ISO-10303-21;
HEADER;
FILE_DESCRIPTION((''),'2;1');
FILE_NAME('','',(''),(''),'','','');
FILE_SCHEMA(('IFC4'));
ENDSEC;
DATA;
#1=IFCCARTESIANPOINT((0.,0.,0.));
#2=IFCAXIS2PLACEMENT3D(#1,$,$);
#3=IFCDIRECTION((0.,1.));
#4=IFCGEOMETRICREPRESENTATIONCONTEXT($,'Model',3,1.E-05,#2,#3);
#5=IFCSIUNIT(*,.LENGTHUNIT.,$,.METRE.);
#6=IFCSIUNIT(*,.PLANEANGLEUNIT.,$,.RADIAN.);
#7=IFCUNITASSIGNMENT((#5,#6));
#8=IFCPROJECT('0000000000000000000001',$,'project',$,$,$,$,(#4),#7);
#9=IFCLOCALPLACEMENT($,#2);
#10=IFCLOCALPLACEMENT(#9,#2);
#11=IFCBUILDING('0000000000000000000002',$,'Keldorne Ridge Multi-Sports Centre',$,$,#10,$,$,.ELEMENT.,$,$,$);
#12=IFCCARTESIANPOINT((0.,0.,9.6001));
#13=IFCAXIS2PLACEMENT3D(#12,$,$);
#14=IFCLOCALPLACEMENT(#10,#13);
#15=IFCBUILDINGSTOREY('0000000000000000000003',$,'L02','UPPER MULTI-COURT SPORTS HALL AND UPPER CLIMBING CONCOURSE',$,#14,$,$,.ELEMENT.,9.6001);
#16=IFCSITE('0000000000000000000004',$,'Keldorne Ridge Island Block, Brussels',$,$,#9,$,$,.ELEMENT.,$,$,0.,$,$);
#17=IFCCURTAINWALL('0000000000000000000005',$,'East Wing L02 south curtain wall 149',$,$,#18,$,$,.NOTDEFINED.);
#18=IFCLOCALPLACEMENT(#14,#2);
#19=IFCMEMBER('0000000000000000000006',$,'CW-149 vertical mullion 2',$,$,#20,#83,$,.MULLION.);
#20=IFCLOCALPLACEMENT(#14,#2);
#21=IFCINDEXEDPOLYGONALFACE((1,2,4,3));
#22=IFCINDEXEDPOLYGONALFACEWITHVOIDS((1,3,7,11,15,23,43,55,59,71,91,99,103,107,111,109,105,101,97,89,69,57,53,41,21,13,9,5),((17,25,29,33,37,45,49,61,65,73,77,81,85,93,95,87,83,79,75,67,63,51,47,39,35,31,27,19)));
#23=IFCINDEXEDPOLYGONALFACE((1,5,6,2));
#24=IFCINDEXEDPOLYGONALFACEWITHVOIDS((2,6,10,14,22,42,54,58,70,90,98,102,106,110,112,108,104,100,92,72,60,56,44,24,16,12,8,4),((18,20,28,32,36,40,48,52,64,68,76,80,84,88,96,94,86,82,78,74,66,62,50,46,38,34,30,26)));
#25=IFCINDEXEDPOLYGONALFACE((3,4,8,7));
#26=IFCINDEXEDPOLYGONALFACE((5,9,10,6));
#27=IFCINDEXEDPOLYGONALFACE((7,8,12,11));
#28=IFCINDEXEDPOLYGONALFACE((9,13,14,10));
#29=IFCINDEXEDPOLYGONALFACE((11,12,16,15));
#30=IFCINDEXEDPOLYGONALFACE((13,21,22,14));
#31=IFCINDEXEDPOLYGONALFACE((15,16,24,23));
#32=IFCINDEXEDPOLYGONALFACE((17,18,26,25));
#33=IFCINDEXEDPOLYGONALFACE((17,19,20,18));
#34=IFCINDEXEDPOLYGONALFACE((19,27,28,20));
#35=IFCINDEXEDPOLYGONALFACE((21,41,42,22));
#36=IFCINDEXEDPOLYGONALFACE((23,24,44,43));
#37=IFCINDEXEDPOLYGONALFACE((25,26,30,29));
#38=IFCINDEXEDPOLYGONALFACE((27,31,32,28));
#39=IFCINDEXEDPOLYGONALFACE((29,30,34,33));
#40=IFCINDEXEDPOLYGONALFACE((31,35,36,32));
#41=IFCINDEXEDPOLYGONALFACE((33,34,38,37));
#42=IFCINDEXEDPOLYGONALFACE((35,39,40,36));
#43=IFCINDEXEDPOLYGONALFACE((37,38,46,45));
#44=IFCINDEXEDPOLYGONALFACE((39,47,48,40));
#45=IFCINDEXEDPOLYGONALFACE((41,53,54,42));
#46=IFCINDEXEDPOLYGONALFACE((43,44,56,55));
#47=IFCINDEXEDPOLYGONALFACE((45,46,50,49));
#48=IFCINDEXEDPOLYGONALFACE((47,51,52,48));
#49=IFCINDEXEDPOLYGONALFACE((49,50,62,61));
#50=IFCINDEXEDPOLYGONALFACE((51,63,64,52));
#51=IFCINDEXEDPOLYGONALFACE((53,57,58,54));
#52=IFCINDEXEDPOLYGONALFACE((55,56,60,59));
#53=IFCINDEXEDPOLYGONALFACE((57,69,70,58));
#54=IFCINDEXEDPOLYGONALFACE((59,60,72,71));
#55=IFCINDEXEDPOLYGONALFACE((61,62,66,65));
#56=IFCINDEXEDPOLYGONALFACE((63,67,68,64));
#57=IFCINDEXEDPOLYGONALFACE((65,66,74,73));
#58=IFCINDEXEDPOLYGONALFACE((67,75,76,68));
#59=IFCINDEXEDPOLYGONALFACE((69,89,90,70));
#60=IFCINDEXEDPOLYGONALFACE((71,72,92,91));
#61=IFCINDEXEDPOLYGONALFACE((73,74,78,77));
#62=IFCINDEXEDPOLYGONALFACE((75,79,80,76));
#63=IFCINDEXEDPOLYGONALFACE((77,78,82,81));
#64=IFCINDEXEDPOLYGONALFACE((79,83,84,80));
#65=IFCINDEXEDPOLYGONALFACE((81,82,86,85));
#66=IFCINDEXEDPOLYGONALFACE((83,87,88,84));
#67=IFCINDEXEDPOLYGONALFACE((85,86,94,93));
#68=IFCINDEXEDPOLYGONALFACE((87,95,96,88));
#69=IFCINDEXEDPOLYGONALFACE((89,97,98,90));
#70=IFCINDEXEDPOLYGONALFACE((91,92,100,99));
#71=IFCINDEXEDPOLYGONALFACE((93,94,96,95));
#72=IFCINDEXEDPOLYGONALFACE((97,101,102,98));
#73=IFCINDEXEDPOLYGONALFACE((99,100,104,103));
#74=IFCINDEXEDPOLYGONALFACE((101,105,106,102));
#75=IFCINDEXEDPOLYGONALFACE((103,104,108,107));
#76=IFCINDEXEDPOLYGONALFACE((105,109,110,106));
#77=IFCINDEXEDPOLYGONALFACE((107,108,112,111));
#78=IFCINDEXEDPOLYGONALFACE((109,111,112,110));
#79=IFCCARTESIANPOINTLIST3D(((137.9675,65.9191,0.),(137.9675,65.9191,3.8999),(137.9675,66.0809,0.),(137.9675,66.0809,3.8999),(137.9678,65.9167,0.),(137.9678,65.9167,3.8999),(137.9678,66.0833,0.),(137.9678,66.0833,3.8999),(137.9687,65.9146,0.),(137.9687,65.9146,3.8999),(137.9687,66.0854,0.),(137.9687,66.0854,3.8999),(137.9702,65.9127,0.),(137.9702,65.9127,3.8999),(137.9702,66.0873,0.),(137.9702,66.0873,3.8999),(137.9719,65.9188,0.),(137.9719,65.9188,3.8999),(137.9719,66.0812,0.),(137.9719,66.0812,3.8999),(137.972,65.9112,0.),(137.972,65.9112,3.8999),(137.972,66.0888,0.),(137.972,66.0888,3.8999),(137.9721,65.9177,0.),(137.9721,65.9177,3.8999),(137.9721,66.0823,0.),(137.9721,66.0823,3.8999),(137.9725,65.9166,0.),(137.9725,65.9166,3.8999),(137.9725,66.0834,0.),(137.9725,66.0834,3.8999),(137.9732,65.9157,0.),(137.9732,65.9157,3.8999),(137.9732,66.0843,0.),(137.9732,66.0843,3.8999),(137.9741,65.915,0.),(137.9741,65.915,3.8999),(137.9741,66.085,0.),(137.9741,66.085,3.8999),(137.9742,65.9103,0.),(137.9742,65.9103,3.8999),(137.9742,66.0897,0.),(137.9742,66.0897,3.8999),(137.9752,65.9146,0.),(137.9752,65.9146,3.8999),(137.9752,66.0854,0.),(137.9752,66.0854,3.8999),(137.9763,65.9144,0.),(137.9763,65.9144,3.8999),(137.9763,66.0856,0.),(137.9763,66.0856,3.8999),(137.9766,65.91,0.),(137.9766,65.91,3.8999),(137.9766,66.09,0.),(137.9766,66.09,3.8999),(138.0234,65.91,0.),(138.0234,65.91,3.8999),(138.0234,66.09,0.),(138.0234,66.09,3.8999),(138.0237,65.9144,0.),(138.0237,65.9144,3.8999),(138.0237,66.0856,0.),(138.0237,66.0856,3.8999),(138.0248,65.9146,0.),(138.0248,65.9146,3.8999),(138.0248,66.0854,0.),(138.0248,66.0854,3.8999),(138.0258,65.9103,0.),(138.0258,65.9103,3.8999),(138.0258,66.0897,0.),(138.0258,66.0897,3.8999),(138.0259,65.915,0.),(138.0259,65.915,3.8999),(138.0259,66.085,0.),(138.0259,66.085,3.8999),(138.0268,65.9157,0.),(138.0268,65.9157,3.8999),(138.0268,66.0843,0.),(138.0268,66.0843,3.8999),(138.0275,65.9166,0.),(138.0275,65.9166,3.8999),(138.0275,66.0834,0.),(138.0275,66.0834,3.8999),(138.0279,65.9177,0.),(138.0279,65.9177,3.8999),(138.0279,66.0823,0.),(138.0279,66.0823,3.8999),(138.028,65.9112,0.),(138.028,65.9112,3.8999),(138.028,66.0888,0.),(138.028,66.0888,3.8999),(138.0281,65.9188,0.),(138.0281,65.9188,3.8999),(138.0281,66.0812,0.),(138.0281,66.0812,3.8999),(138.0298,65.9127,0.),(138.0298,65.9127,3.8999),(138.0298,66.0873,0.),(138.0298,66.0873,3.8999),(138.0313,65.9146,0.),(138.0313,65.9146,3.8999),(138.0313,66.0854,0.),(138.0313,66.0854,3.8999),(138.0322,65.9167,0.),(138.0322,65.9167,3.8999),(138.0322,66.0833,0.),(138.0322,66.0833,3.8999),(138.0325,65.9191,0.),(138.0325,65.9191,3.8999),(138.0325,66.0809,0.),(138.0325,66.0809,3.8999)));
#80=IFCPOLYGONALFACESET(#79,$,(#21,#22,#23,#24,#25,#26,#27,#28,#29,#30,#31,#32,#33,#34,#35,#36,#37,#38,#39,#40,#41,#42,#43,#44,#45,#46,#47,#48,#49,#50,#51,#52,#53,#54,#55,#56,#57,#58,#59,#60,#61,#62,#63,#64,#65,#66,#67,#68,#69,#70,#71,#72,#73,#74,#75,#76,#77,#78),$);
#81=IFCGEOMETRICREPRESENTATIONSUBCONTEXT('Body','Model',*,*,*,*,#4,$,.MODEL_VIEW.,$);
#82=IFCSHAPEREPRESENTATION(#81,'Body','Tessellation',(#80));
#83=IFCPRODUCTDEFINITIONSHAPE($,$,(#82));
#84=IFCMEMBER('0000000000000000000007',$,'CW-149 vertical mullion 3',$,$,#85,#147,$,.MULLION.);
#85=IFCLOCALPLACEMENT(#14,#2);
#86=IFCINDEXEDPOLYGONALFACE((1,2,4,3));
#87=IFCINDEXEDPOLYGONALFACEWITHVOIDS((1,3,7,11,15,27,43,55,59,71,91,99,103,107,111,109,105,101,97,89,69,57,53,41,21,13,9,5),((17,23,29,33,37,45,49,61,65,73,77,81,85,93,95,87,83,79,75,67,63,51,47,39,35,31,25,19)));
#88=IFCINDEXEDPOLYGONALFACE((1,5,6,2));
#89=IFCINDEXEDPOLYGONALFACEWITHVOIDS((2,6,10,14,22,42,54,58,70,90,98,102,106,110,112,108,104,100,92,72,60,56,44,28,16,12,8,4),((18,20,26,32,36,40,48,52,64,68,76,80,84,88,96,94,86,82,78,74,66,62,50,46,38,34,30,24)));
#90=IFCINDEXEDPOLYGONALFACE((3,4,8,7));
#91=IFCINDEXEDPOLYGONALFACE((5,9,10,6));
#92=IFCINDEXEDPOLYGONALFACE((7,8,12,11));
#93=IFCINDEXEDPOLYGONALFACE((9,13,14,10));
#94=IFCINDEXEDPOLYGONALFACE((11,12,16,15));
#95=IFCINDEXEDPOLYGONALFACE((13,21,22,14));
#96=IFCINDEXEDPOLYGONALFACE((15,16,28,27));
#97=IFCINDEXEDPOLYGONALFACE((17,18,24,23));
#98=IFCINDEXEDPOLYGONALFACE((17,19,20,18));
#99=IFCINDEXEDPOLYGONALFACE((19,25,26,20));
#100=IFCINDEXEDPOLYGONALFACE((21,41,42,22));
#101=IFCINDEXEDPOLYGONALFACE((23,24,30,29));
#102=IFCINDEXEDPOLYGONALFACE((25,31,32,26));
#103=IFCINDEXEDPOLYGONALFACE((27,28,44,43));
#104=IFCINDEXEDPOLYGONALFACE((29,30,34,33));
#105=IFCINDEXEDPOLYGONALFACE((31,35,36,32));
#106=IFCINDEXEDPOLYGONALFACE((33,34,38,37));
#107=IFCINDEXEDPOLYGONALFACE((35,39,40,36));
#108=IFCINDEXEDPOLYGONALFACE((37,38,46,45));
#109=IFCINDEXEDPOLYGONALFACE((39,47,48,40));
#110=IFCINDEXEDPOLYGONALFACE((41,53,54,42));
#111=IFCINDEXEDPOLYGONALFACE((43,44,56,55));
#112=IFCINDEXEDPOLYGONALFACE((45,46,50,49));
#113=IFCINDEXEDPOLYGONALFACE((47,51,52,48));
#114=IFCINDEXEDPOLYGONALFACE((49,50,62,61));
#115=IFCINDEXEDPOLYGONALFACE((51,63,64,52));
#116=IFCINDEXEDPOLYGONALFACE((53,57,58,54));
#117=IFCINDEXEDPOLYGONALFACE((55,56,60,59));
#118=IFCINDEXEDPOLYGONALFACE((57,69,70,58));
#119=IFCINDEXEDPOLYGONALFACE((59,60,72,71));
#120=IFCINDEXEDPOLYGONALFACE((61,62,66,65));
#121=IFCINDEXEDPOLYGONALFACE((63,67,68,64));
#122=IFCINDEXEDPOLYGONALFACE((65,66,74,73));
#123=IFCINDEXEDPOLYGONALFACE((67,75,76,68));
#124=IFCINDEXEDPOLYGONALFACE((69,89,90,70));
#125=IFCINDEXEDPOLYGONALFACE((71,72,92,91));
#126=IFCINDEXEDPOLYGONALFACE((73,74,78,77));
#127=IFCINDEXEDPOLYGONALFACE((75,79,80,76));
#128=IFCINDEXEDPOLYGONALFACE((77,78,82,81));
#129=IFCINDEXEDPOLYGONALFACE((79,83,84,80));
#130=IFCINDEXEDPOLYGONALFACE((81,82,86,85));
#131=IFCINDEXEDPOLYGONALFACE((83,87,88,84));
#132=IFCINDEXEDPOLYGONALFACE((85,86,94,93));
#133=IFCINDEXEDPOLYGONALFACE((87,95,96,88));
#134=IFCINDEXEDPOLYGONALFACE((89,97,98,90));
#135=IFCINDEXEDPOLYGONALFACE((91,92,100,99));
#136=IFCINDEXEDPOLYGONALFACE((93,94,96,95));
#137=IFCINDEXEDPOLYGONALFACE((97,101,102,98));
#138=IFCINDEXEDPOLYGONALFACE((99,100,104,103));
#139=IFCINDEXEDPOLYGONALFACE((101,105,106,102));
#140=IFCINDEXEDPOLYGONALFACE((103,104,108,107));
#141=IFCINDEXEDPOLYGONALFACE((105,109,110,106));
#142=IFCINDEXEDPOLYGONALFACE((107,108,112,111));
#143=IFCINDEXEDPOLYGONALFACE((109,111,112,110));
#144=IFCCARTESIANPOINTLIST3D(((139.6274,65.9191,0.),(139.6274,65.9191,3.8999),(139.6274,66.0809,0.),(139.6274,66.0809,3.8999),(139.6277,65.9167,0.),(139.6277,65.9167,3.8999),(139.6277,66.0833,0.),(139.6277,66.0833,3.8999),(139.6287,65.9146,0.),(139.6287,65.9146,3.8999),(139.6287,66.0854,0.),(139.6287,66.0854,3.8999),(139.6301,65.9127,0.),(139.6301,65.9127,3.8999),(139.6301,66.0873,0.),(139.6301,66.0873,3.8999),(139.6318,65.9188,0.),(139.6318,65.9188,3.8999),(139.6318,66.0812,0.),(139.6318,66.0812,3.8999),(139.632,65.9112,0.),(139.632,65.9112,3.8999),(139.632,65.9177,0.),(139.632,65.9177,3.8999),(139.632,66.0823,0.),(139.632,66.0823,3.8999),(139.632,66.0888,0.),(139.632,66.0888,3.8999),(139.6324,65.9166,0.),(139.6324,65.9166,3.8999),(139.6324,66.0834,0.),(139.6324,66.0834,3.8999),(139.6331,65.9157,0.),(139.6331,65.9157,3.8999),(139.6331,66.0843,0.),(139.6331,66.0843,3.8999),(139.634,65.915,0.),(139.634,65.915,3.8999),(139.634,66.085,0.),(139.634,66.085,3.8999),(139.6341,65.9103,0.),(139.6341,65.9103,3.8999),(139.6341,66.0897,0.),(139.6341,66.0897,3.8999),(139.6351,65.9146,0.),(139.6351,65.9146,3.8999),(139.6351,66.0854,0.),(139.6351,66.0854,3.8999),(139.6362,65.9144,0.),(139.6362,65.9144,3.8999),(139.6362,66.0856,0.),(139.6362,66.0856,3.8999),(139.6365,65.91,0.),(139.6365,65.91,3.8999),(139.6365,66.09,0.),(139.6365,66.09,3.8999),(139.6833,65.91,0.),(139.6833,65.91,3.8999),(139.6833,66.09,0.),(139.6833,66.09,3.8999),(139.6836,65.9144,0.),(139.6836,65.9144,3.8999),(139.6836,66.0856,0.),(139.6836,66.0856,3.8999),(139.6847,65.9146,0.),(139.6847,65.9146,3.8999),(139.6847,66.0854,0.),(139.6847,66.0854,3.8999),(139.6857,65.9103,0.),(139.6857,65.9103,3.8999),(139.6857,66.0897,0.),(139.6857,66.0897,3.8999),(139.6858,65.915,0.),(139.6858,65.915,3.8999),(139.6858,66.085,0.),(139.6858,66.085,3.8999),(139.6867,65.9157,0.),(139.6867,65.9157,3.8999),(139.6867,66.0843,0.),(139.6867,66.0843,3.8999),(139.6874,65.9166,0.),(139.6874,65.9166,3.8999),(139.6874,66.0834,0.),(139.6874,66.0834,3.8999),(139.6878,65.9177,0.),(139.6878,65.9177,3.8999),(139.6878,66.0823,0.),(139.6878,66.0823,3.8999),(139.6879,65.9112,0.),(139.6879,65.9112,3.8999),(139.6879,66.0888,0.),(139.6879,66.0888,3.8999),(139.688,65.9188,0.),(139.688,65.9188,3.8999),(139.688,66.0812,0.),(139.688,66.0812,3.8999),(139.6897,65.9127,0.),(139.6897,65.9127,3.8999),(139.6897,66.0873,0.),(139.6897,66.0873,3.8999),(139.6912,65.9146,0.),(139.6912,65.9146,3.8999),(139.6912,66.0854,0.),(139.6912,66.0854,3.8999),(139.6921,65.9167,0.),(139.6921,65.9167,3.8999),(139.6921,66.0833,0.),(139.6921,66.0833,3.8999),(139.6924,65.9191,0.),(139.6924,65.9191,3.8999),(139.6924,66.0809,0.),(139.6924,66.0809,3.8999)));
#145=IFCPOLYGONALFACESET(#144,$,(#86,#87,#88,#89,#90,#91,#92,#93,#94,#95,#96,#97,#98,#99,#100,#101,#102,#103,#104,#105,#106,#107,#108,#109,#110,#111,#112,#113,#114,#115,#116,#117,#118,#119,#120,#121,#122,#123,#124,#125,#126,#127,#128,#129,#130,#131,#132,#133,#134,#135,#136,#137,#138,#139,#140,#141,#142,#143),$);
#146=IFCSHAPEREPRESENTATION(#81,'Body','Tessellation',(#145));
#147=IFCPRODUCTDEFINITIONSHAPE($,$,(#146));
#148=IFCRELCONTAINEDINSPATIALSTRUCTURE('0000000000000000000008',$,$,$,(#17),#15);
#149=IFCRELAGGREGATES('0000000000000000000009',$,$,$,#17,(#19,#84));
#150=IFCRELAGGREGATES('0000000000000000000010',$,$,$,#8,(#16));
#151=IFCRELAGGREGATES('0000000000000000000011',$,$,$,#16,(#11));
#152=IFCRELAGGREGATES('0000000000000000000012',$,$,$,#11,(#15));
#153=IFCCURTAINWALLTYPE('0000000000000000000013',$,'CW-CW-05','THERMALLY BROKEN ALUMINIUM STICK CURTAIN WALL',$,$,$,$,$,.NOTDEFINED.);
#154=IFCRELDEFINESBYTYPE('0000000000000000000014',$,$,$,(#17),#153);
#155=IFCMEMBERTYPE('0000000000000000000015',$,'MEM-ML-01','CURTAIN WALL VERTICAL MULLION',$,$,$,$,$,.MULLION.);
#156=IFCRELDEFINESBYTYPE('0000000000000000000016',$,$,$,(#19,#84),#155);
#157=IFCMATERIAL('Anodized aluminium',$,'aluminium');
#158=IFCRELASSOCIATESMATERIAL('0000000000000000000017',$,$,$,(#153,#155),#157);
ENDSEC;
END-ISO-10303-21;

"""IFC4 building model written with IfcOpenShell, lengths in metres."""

from ifc_helpers import new_model, si_unit, direction, frame, origin, origin_2d, place, context, subcontext, project, spatial, hollow_rectangle, extrude, material, material_profile, profile_set, type_object, element, aggregate, save


model = new_model("IFC4")

# Units and contexts
model_context = context("Model", 3, precision=1e-05, world=origin(), true_north=direction((0.0, 1.0)))
body_context = subcontext(model_context, "Body", "Model", "MODEL_VIEW")
ifc_project = project(units=[si_unit("LENGTHUNIT", "METRE"), si_unit("PLANEANGLEUNIT", "RADIAN")], contexts=[model_context])

# Site, building, storey
site_placement = place(None, origin())
site = spatial("IfcSite", under=ifc_project, at=site_placement, Name="Keldorne Ridge Island Block, Brussels", CompositionType="ELEMENT", RefElevation=0.0)
building_placement = place(site_placement, origin())
building = spatial("IfcBuilding", under=site, at=building_placement, Name="Keldorne Ridge Multi-Sports Centre", CompositionType="ELEMENT")
storey_placement = place(building_placement, frame((0.0, 0.0, 9.6001)))
storey = spatial("IfcBuildingStorey", under=building, at=storey_placement, Name="L02", Description="UPPER MULTI-COURT SPORTS HALL AND UPPER CLIMBING CONCOURSE", CompositionType="ELEMENT", Elevation=9.6001)

# Curtain wall, members
ifc_material_1 = material(Name="Anodized aluminium", Category="aluminium")
curtain_wall_type_1 = type_object("IfcCurtainWallType", Name="CW-CW-05", Description="THERMALLY BROKEN ALUMINIUM STICK CURTAIN WALL", PredefinedType="NOTDEFINED", material=ifc_material_1)
curtain_wall_1_placement = place(storey_placement, origin())
curtain_wall_1 = element("IfcCurtainWall", 1, at=curtain_wall_1_placement, inside=storey, type_object=curtain_wall_type_1, Name="East Wing L02 south curtain wall 149", PredefinedType="NOTDEFINED")
ifc_material_profile_1 = material_profile(ifc_material_1, hollow_rectangle(XDim=0.0649, YDim=0.1799, WallThickness=0.0044, InnerFilletRadius=0.0044, OuterFilletRadius=0.009, at=origin_2d()), Name="ALU MULLION 180x65x4.5")
ifc_profile_set_1 = profile_set([ifc_material_profile_1], Name="Anodized aluminium")
member_type_1 = type_object("IfcMemberType", Name="MEM-ML-01", Description="CURTAIN WALL VERTICAL MULLION", PredefinedType="MULLION", material=ifc_profile_set_1)
member_1_placement = place(storey_placement, frame((138.0, 66.0, 0.0), z_axis=(0.0, 0.0, 1.0), x_axis=(1.0, 0.0, 0.0)))
member_1 = element("IfcMember", 2, at=member_1_placement, type_object=member_type_1, Name="CW-149 vertical mullion 2", PredefinedType="MULLION", context=body_context, shape_type="SweptSolid", body=[
    extrude(hollow_rectangle(XDim=0.0649, YDim=0.1799, WallThickness=0.0044, InnerFilletRadius=0.0044, OuterFilletRadius=0.009, at=origin_2d()), origin(), (0.0, 0.0, 1.0), 3.8999),
])
member_2_placement = place(storey_placement, frame((139.6599, 66.0, 0.0), z_axis=(0.0, 0.0, 1.0), x_axis=(1.0, 0.0, 0.0)))
member_2 = element("IfcMember", 3, at=member_2_placement, type_object=member_type_1, Name="CW-149 vertical mullion 3", PredefinedType="MULLION", context=body_context, shape_type="SweptSolid", body=[
    extrude(hollow_rectangle(XDim=0.0649, YDim=0.1799, WallThickness=0.0044, InnerFilletRadius=0.0044, OuterFilletRadius=0.009, at=origin_2d()), origin(), (0.0, 0.0, 1.0), 3.8999),
])

aggregate(curtain_wall_1, [member_1, member_2])

save(model, "model.ifc")
